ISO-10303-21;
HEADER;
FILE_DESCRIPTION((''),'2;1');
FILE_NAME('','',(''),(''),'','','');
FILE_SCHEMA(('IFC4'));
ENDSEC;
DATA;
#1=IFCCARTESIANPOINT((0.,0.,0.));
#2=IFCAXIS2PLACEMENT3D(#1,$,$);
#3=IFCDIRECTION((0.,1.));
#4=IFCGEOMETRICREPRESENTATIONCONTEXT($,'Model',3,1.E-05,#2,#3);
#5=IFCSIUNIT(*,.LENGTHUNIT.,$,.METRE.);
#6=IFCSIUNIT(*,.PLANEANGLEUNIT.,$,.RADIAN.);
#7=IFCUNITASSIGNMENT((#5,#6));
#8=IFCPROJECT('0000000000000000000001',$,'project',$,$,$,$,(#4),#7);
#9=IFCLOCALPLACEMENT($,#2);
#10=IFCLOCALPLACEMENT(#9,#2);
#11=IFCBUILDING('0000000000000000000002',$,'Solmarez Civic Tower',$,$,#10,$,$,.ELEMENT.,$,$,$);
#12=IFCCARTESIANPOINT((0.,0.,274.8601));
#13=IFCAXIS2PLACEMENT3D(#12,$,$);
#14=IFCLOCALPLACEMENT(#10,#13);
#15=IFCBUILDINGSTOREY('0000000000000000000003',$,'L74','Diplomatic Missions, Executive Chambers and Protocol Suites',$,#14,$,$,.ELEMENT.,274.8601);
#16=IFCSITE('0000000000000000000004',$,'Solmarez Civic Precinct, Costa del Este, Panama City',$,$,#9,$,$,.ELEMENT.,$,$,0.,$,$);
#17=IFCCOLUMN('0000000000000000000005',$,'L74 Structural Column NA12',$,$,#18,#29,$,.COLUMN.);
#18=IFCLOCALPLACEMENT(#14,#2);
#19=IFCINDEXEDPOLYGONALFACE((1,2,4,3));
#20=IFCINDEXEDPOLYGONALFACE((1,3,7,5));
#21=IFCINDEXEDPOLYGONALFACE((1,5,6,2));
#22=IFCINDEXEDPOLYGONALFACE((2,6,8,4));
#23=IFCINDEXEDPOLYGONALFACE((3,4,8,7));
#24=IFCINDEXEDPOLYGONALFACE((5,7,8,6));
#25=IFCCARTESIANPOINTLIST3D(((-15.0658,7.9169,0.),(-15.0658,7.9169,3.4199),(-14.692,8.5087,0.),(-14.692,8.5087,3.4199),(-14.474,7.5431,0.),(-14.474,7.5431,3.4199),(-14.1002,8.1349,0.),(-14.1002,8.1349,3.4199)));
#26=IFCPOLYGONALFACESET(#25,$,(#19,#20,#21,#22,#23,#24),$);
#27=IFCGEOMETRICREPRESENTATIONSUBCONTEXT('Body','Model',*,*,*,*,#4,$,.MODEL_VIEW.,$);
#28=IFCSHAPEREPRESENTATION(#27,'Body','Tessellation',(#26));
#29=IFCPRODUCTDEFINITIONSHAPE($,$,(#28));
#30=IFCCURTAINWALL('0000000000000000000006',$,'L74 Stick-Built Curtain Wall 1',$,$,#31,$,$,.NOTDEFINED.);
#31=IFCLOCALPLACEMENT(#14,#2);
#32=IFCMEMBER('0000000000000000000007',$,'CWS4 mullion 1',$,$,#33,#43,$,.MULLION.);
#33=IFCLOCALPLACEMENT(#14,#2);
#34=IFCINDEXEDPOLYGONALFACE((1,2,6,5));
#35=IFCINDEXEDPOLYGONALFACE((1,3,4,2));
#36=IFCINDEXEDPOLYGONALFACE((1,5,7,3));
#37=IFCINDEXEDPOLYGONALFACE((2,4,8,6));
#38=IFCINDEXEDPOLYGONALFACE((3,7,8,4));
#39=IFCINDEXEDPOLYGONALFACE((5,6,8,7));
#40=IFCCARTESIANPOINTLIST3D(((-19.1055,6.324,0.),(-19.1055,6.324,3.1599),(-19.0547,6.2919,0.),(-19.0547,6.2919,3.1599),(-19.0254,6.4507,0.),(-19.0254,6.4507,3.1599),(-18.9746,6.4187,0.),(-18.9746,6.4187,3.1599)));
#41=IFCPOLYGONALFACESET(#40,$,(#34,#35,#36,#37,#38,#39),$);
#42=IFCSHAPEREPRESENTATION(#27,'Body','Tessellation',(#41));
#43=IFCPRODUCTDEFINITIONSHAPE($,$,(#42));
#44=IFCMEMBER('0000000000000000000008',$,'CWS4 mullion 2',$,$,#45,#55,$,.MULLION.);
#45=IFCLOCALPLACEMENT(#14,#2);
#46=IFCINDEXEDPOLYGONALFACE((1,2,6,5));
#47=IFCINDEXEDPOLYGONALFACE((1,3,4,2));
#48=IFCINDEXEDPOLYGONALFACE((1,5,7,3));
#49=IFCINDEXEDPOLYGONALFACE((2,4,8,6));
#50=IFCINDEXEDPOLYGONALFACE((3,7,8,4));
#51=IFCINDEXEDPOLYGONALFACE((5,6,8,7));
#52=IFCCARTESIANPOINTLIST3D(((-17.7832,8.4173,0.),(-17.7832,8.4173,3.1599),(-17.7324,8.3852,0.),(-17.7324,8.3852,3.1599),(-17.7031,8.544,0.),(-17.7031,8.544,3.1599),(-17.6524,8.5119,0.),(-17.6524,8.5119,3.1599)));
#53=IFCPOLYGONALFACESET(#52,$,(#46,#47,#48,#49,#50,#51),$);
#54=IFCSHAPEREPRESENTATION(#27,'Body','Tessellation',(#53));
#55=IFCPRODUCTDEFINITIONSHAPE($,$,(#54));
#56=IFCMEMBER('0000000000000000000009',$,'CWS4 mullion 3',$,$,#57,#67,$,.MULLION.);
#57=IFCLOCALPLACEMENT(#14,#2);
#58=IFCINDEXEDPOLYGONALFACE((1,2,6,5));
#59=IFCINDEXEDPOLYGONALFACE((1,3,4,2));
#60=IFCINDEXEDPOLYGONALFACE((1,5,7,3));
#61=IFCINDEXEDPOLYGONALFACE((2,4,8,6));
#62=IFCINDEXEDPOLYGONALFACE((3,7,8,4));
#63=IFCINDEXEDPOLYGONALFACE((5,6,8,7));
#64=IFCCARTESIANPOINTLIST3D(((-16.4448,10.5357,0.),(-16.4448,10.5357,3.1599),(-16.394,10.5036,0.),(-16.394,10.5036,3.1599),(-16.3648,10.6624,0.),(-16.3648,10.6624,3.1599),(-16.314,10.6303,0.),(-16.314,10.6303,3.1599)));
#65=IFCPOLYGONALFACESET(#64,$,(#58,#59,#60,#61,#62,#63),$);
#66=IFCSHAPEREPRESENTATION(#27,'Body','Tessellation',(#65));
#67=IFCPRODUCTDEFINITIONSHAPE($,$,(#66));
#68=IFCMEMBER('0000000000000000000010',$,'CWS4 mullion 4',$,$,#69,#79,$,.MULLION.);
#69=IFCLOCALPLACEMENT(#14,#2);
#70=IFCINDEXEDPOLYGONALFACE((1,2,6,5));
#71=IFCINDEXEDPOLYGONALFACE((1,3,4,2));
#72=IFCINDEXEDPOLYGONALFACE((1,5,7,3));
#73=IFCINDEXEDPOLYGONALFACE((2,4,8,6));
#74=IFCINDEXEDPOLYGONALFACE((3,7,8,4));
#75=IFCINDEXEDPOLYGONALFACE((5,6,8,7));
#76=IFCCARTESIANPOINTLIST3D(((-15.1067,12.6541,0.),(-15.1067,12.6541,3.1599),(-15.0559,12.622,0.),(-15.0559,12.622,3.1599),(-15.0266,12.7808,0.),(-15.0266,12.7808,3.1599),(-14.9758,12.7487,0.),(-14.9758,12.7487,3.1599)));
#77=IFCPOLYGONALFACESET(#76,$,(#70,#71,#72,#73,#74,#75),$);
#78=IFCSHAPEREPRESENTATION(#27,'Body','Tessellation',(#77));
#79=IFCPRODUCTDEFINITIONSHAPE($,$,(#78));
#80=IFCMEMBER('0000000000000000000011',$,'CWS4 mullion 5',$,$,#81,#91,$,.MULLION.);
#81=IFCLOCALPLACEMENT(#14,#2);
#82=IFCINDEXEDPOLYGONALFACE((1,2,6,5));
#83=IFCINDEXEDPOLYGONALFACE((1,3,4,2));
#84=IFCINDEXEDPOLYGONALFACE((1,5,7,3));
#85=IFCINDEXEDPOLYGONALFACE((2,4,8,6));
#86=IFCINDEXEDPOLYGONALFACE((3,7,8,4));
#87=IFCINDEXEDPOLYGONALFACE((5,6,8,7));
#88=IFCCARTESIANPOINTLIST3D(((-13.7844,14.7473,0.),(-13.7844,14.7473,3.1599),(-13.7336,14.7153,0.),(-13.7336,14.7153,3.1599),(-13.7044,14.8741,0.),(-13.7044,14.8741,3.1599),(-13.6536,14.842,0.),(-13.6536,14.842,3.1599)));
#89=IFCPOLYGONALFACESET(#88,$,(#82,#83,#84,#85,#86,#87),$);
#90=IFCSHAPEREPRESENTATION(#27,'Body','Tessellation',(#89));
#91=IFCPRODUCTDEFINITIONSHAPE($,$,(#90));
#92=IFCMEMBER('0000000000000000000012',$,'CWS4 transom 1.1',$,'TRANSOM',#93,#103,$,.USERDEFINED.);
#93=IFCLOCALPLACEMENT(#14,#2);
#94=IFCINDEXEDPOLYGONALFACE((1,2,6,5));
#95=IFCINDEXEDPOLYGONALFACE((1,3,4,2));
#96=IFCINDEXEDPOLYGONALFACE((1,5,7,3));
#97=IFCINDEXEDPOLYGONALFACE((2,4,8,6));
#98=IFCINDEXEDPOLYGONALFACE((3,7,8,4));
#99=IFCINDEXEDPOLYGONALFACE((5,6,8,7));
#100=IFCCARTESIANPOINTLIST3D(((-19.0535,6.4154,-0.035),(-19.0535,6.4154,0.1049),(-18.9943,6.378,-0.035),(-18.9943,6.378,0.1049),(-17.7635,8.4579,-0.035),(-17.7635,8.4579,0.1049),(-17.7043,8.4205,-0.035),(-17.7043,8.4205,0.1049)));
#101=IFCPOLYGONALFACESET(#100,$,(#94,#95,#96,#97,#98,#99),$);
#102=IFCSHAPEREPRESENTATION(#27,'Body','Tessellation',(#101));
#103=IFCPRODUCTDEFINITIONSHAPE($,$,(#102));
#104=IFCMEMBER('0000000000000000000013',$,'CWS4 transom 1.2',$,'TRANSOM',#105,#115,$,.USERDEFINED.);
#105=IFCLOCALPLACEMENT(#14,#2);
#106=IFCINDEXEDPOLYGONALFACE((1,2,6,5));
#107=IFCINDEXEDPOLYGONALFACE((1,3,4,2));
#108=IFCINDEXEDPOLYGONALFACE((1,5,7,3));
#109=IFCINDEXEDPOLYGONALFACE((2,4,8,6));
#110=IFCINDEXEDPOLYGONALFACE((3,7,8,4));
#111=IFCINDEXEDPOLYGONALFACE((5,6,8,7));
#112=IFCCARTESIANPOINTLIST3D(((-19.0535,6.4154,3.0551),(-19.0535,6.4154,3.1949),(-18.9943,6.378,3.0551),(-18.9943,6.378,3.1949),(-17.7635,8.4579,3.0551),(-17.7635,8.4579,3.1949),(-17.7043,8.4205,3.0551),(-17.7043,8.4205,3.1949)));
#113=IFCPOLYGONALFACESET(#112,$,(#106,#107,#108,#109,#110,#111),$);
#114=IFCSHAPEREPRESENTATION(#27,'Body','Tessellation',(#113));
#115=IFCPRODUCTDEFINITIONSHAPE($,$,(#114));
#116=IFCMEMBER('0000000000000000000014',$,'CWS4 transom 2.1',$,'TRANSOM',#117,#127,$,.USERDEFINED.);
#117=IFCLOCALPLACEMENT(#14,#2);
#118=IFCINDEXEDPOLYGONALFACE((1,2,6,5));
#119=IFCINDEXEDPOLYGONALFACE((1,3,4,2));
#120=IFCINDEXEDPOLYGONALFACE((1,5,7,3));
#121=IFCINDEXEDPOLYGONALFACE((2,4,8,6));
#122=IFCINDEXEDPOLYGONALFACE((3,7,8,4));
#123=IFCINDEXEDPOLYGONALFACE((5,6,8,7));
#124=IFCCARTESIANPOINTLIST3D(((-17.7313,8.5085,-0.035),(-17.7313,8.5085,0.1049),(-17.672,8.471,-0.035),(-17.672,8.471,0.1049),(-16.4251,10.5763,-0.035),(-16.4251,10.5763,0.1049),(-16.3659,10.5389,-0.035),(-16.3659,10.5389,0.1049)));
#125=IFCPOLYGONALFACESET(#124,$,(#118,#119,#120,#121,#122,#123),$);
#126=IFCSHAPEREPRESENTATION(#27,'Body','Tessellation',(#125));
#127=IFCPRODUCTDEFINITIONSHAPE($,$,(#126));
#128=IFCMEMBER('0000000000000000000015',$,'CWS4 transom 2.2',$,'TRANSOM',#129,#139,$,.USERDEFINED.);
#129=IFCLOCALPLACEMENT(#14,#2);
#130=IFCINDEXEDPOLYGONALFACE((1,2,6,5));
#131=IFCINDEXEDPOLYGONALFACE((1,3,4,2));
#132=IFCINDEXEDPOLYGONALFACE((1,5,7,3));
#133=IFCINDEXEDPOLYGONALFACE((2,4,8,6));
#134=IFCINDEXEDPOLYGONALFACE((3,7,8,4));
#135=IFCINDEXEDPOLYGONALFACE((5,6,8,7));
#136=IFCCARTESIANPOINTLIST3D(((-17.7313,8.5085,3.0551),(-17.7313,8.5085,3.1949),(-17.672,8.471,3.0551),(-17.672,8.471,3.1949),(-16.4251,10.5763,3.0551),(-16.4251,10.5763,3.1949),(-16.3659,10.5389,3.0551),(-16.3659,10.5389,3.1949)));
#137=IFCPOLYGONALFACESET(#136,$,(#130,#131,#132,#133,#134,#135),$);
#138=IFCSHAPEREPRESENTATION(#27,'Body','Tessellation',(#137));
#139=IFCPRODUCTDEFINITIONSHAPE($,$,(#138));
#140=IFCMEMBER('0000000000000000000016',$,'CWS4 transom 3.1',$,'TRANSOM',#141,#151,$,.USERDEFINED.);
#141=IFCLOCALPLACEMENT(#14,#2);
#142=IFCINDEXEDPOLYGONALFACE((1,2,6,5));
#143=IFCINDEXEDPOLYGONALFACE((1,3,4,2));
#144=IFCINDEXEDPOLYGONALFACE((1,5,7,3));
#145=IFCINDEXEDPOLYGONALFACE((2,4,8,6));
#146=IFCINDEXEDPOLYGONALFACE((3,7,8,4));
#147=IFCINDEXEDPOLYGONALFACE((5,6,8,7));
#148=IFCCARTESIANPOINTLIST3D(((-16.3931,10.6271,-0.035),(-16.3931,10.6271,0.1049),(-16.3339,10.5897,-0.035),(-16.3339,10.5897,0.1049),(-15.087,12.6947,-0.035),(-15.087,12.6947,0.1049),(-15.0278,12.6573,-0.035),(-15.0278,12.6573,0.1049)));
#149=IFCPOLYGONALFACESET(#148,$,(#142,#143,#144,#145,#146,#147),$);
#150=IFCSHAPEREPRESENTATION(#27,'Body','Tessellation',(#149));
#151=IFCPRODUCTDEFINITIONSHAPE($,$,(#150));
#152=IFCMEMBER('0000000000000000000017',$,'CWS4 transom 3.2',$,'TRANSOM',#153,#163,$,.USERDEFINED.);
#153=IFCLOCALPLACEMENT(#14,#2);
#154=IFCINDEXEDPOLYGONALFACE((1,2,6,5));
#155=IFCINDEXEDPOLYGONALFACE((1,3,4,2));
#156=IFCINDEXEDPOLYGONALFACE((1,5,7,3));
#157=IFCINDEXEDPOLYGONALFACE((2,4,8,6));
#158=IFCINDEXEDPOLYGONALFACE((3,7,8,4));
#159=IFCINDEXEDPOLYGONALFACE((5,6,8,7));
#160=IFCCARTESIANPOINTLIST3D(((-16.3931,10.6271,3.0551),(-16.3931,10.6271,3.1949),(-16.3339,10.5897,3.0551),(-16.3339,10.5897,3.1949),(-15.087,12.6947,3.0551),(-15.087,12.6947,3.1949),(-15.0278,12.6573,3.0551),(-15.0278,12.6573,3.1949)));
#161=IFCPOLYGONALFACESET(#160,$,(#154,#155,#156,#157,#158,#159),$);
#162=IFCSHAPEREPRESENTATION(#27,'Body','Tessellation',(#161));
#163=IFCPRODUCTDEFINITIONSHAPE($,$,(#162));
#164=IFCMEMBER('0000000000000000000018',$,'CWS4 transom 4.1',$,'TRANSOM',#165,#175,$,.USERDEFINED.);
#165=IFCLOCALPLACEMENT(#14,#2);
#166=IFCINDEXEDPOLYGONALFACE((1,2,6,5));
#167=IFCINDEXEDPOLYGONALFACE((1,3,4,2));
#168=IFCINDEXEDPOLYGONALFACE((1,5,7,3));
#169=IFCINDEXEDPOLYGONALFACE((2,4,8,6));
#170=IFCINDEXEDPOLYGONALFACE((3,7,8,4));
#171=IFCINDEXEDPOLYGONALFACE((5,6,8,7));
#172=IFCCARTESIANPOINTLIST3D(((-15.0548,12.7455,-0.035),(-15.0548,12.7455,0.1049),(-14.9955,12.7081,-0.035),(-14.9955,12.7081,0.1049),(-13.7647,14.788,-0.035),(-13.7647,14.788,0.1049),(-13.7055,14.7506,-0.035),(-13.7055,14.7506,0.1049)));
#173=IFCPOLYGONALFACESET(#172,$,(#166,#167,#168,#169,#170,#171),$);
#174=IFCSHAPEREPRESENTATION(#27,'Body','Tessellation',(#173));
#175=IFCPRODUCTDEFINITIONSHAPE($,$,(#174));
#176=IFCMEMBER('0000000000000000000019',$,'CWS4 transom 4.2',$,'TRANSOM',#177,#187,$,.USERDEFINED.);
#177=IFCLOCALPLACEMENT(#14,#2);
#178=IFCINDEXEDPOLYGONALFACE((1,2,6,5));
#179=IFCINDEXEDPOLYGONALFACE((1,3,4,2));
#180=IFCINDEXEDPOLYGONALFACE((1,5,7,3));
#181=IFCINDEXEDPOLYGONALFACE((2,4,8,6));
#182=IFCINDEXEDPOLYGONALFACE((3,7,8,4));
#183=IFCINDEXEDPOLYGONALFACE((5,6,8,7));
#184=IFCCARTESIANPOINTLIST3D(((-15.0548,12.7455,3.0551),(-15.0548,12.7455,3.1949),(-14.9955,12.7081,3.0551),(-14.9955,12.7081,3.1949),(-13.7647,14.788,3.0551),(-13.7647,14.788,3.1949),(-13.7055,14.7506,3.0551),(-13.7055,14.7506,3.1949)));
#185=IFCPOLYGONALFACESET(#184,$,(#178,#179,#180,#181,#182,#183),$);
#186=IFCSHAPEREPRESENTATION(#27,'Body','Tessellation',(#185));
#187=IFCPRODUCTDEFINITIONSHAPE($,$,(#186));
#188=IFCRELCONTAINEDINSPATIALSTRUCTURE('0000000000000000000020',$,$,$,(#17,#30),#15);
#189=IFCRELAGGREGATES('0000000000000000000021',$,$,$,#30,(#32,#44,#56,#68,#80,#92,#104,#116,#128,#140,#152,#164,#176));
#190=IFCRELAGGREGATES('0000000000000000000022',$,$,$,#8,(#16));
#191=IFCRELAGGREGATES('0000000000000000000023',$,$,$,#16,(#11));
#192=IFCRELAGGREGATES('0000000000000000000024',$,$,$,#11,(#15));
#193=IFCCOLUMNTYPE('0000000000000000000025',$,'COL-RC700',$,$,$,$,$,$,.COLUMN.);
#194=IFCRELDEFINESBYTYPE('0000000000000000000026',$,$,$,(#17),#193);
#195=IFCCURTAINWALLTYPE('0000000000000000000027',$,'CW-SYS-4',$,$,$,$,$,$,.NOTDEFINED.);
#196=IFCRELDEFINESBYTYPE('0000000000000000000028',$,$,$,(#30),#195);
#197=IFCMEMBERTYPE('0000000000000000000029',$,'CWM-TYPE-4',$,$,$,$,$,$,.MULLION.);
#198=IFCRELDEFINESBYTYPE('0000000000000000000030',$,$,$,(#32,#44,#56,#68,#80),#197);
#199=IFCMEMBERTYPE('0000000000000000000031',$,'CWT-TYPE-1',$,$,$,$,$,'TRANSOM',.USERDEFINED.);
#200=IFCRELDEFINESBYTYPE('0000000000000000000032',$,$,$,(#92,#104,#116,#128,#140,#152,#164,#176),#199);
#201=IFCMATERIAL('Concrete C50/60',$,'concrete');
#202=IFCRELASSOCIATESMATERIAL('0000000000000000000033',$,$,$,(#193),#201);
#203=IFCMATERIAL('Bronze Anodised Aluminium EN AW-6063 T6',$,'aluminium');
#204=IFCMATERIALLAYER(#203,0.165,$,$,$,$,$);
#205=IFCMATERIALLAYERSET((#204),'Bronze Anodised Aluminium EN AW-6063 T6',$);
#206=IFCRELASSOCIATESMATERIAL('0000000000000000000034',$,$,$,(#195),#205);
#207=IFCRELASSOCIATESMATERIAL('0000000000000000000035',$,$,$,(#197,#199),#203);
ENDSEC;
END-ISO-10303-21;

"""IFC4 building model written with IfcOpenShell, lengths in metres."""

from ifc_helpers import new_model, si_unit, direction, frame, origin, origin_2d, place, context, subcontext, project, spatial, rectangle, extrude, material, layer, layer_set, material_profile, profile_set, type_object, element, aggregate, save


model = new_model("IFC4")

# Units and contexts
model_context = context("Model", 3, precision=1e-05, world=origin(), true_north=direction((0.0, 1.0)))
body_context = subcontext(model_context, "Body", "Model", "MODEL_VIEW")
ifc_project = project(units=[si_unit("LENGTHUNIT", "METRE"), si_unit("PLANEANGLEUNIT", "RADIAN")], contexts=[model_context])

# Site, building, storey
site_placement = place(None, origin())
site = spatial("IfcSite", under=ifc_project, at=site_placement, Name="Solmarez Civic Precinct, Costa del Este, Panama City", CompositionType="ELEMENT", RefElevation=0.0)
building_placement = place(site_placement, origin())
building = spatial("IfcBuilding", under=site, at=building_placement, Name="Solmarez Civic Tower", CompositionType="ELEMENT")
storey_placement = place(building_placement, frame((0.0, 0.0, 274.8601)))
storey = spatial("IfcBuildingStorey", under=building, at=storey_placement, Name="L74", Description="Diplomatic Missions, Executive Chambers and Protocol Suites", CompositionType="ELEMENT", Elevation=274.8601)

# Column
ifc_material_1 = material(Name="Concrete C50/60", Category="concrete")
ifc_material_profile_1 = material_profile(ifc_material_1, rectangle(XDim=0.7, YDim=0.7, at=origin_2d()), Name="RC700X700")
ifc_profile_set_1 = profile_set([ifc_material_profile_1], Name="Concrete C50/60")
column_type = type_object("IfcColumnType", Name="COL-RC700", PredefinedType="COLUMN", material=ifc_profile_set_1)
column_placement = place(storey_placement, frame((-14.583, 8.0259, 0.0), z_axis=(0.0, 0.0, 1.0), x_axis=(0.534057, 0.845448, 0.0)))
element("IfcColumn", 1, at=column_placement, inside=storey, type_object=column_type, Name="L74 Structural Column NA12", PredefinedType="COLUMN", context=body_context, shape_type="SweptSolid", body=[
    extrude(rectangle(XDim=0.7, YDim=0.7, at=origin_2d()), origin(), (0.0, 0.0, 1.0), 3.4199),
])

# Curtain wall, members
ifc_material_2 = material(Name="Bronze Anodised Aluminium EN AW-6063 T6", Category="aluminium")
ifc_layer_1 = layer(ifc_material_2, 0.165)
ifc_layer_set_1 = layer_set([ifc_layer_1], Name="Bronze Anodised Aluminium EN AW-6063 T6")
curtain_wall_type = type_object("IfcCurtainWallType", Name="CW-SYS-4", PredefinedType="NOTDEFINED", material=ifc_layer_set_1)
curtain_wall_placement = place(storey_placement, origin())
curtain_wall = element("IfcCurtainWall", 2, at=curtain_wall_placement, inside=storey, type_object=curtain_wall_type, Name="L74 Stick-Built Curtain Wall 1", PredefinedType="NOTDEFINED")
ifc_material_profile_2 = material_profile(ifc_material_2, rectangle(XDim=0.0601, YDim=0.1499, at=origin_2d()), Name="CWM-60X150")
ifc_profile_set_2 = profile_set([ifc_material_profile_2], Name="Bronze Anodised Aluminium EN AW-6063 T6")
member_type_1 = type_object("IfcMemberType", Name="CWM-TYPE-4", PredefinedType="MULLION", material=ifc_profile_set_2)
member_1_placement = place(storey_placement, frame((-19.04, 6.3713, 0.0), z_axis=(0.0, 0.0, 1.0), x_axis=(-0.845444, 0.534064, 0.0)))
member_1 = element("IfcMember", 3, at=member_1_placement, type_object=member_type_1, Name="CWS4 mullion 1", PredefinedType="MULLION", context=body_context, shape_type="SweptSolid", body=[
    extrude(rectangle(XDim=0.0601, YDim=0.1499, at=origin_2d()), origin(), (0.0, 0.0, 1.0), 3.1599),
])
member_2_placement = place(storey_placement, frame((-17.7178, 8.4646, 0.0), z_axis=(0.0, 0.0, 1.0), x_axis=(-0.845444, 0.534064, 0.0)))
member_2 = element("IfcMember", 4, at=member_2_placement, type_object=member_type_1, Name="CWS4 mullion 2", PredefinedType="MULLION", context=body_context, shape_type="SweptSolid", body=[
    extrude(rectangle(XDim=0.0601, YDim=0.1499, at=origin_2d()), origin(), (0.0, 0.0, 1.0), 3.1599),
])
member_3_placement = place(storey_placement, frame((-16.3794, 10.583, 0.0), z_axis=(0.0, 0.0, 1.0), x_axis=(-0.845444, 0.534064, 0.0)))
member_3 = element("IfcMember", 5, at=member_3_placement, type_object=member_type_1, Name="CWS4 mullion 3", PredefinedType="MULLION", context=body_context, shape_type="SweptSolid", body=[
    extrude(rectangle(XDim=0.0601, YDim=0.1499, at=origin_2d()), origin(), (0.0, 0.0, 1.0), 3.1599),
])
member_4_placement = place(storey_placement, frame((-15.0413, 12.7014, 0.0), z_axis=(0.0, 0.0, 1.0), x_axis=(-0.845444, 0.534064, 0.0)))
member_4 = element("IfcMember", 6, at=member_4_placement, type_object=member_type_1, Name="CWS4 mullion 4", PredefinedType="MULLION", context=body_context, shape_type="SweptSolid", body=[
    extrude(rectangle(XDim=0.0601, YDim=0.1499, at=origin_2d()), origin(), (0.0, 0.0, 1.0), 3.1599),
])
member_5_placement = place(storey_placement, frame((-13.719, 14.7947, 0.0), z_axis=(0.0, 0.0, 1.0), x_axis=(-0.845444, 0.534064, 0.0)))
member_5 = element("IfcMember", 7, at=member_5_placement, type_object=member_type_1, Name="CWS4 mullion 5", PredefinedType="MULLION", context=body_context, shape_type="SweptSolid", body=[
    extrude(rectangle(XDim=0.0601, YDim=0.1499, at=origin_2d()), origin(), (0.0, 0.0, 1.0), 3.1599),
])
ifc_material_profile_3 = material_profile(ifc_material_2, rectangle(XDim=0.0701, YDim=0.1399, at=origin_2d()), Name="CWT-70X140")
ifc_profile_set_3 = profile_set([ifc_material_profile_3], Name="Bronze Anodised Aluminium EN AW-6063 T6")
member_type_2 = type_object("IfcMemberType", Name="CWT-TYPE-1", ElementType="TRANSOM", PredefinedType="USERDEFINED", material=ifc_profile_set_3)
member_6_placement = place(storey_placement, frame((-19.0239, 6.3967, 0.0349), z_axis=(0.534008, 0.845479, 0.0), x_axis=(-0.845479, 0.534008, 0.0)))
member_6 = element("IfcMember", 8, at=member_6_placement, type_object=member_type_2, Name="CWS4 transom 1.1", ObjectType="TRANSOM", PredefinedType="USERDEFINED", context=body_context, shape_type="SweptSolid", body=[
    extrude(rectangle(XDim=0.0701, YDim=0.1399, at=origin_2d()), origin(), (0.0, 0.0, 1.0), 2.4158),
])
member_7_placement = place(storey_placement, frame((-19.0239, 6.3967, 3.125), z_axis=(0.534008, 0.845479, 0.0), x_axis=(-0.845479, 0.534008, 0.0)))
member_7 = element("IfcMember", 9, at=member_7_placement, type_object=member_type_2, Name="CWS4 transom 1.2", ObjectType="TRANSOM", PredefinedType="USERDEFINED", context=body_context, shape_type="SweptSolid", body=[
    extrude(rectangle(XDim=0.0701, YDim=0.1399, at=origin_2d()), origin(), (0.0, 0.0, 1.0), 2.4158),
])
member_8_placement = place(storey_placement, frame((-17.7017, 8.4897, 0.0349), z_axis=(0.534031, 0.845465, 0.0), x_axis=(-0.845465, 0.534031, 0.0)))
member_8 = element("IfcMember", 10, at=member_8_placement, type_object=member_type_2, Name="CWS4 transom 2.1", ObjectType="TRANSOM", PredefinedType="USERDEFINED", context=body_context, shape_type="SweptSolid", body=[
    extrude(rectangle(XDim=0.0701, YDim=0.1399, at=origin_2d()), origin(), (0.0, 0.0, 1.0), 2.4458),
])
member_9_placement = place(storey_placement, frame((-17.7017, 8.4897, 3.125), z_axis=(0.534031, 0.845465, 0.0), x_axis=(-0.845465, 0.534031, 0.0)))
member_9 = element("IfcMember", 11, at=member_9_placement, type_object=member_type_2, Name="CWS4 transom 2.2", ObjectType="TRANSOM", PredefinedType="USERDEFINED", context=body_context, shape_type="SweptSolid", body=[
    extrude(rectangle(XDim=0.0701, YDim=0.1399, at=origin_2d()), origin(), (0.0, 0.0, 1.0), 2.4458),
])
member_10_placement = place(storey_placement, frame((-16.3635, 10.6084, 0.0349), z_axis=(0.534076, 0.845437, 0.0), x_axis=(-0.845437, 0.534076, 0.0)))
member_10 = element("IfcMember", 12, at=member_10_placement, type_object=member_type_2, Name="CWS4 transom 3.1", ObjectType="TRANSOM", PredefinedType="USERDEFINED", context=body_context, shape_type="SweptSolid", body=[
    extrude(rectangle(XDim=0.0701, YDim=0.1399, at=origin_2d()), origin(), (0.0, 0.0, 1.0), 2.4456),
])
member_11_placement = place(storey_placement, frame((-16.3635, 10.6084, 3.125), z_axis=(0.534076, 0.845437, 0.0), x_axis=(-0.845437, 0.534076, 0.0)))
member_11 = element("IfcMember", 13, at=member_11_placement, type_object=member_type_2, Name="CWS4 transom 3.2", ObjectType="TRANSOM", PredefinedType="USERDEFINED", context=body_context, shape_type="SweptSolid", body=[
    extrude(rectangle(XDim=0.0701, YDim=0.1399, at=origin_2d()), origin(), (0.0, 0.0, 1.0), 2.4456),
])
member_12_placement = place(storey_placement, frame((-15.0251, 12.7268, 0.0349), z_axis=(0.534008, 0.845479, 0.0), x_axis=(-0.845479, 0.534008, 0.0)))
member_12 = element("IfcMember", 14, at=member_12_placement, type_object=member_type_2, Name="CWS4 transom 4.1", ObjectType="TRANSOM", PredefinedType="USERDEFINED", context=body_context, shape_type="SweptSolid", body=[
    extrude(rectangle(XDim=0.0701, YDim=0.1399, at=origin_2d()), origin(), (0.0, 0.0, 1.0), 2.4158),
])
member_13_placement = place(storey_placement, frame((-15.0251, 12.7268, 3.125), z_axis=(0.534008, 0.845479, 0.0), x_axis=(-0.845479, 0.534008, 0.0)))
member_13 = element("IfcMember", 15, at=member_13_placement, type_object=member_type_2, Name="CWS4 transom 4.2", ObjectType="TRANSOM", PredefinedType="USERDEFINED", context=body_context, shape_type="SweptSolid", body=[
    extrude(rectangle(XDim=0.0701, YDim=0.1399, at=origin_2d()), origin(), (0.0, 0.0, 1.0), 2.4158),
])
aggregate(curtain_wall, [member_1, member_2, member_3, member_4, member_5, member_6, member_7, member_8, member_9, member_10, member_11, member_12, member_13])

save(model, "model.ifc")
